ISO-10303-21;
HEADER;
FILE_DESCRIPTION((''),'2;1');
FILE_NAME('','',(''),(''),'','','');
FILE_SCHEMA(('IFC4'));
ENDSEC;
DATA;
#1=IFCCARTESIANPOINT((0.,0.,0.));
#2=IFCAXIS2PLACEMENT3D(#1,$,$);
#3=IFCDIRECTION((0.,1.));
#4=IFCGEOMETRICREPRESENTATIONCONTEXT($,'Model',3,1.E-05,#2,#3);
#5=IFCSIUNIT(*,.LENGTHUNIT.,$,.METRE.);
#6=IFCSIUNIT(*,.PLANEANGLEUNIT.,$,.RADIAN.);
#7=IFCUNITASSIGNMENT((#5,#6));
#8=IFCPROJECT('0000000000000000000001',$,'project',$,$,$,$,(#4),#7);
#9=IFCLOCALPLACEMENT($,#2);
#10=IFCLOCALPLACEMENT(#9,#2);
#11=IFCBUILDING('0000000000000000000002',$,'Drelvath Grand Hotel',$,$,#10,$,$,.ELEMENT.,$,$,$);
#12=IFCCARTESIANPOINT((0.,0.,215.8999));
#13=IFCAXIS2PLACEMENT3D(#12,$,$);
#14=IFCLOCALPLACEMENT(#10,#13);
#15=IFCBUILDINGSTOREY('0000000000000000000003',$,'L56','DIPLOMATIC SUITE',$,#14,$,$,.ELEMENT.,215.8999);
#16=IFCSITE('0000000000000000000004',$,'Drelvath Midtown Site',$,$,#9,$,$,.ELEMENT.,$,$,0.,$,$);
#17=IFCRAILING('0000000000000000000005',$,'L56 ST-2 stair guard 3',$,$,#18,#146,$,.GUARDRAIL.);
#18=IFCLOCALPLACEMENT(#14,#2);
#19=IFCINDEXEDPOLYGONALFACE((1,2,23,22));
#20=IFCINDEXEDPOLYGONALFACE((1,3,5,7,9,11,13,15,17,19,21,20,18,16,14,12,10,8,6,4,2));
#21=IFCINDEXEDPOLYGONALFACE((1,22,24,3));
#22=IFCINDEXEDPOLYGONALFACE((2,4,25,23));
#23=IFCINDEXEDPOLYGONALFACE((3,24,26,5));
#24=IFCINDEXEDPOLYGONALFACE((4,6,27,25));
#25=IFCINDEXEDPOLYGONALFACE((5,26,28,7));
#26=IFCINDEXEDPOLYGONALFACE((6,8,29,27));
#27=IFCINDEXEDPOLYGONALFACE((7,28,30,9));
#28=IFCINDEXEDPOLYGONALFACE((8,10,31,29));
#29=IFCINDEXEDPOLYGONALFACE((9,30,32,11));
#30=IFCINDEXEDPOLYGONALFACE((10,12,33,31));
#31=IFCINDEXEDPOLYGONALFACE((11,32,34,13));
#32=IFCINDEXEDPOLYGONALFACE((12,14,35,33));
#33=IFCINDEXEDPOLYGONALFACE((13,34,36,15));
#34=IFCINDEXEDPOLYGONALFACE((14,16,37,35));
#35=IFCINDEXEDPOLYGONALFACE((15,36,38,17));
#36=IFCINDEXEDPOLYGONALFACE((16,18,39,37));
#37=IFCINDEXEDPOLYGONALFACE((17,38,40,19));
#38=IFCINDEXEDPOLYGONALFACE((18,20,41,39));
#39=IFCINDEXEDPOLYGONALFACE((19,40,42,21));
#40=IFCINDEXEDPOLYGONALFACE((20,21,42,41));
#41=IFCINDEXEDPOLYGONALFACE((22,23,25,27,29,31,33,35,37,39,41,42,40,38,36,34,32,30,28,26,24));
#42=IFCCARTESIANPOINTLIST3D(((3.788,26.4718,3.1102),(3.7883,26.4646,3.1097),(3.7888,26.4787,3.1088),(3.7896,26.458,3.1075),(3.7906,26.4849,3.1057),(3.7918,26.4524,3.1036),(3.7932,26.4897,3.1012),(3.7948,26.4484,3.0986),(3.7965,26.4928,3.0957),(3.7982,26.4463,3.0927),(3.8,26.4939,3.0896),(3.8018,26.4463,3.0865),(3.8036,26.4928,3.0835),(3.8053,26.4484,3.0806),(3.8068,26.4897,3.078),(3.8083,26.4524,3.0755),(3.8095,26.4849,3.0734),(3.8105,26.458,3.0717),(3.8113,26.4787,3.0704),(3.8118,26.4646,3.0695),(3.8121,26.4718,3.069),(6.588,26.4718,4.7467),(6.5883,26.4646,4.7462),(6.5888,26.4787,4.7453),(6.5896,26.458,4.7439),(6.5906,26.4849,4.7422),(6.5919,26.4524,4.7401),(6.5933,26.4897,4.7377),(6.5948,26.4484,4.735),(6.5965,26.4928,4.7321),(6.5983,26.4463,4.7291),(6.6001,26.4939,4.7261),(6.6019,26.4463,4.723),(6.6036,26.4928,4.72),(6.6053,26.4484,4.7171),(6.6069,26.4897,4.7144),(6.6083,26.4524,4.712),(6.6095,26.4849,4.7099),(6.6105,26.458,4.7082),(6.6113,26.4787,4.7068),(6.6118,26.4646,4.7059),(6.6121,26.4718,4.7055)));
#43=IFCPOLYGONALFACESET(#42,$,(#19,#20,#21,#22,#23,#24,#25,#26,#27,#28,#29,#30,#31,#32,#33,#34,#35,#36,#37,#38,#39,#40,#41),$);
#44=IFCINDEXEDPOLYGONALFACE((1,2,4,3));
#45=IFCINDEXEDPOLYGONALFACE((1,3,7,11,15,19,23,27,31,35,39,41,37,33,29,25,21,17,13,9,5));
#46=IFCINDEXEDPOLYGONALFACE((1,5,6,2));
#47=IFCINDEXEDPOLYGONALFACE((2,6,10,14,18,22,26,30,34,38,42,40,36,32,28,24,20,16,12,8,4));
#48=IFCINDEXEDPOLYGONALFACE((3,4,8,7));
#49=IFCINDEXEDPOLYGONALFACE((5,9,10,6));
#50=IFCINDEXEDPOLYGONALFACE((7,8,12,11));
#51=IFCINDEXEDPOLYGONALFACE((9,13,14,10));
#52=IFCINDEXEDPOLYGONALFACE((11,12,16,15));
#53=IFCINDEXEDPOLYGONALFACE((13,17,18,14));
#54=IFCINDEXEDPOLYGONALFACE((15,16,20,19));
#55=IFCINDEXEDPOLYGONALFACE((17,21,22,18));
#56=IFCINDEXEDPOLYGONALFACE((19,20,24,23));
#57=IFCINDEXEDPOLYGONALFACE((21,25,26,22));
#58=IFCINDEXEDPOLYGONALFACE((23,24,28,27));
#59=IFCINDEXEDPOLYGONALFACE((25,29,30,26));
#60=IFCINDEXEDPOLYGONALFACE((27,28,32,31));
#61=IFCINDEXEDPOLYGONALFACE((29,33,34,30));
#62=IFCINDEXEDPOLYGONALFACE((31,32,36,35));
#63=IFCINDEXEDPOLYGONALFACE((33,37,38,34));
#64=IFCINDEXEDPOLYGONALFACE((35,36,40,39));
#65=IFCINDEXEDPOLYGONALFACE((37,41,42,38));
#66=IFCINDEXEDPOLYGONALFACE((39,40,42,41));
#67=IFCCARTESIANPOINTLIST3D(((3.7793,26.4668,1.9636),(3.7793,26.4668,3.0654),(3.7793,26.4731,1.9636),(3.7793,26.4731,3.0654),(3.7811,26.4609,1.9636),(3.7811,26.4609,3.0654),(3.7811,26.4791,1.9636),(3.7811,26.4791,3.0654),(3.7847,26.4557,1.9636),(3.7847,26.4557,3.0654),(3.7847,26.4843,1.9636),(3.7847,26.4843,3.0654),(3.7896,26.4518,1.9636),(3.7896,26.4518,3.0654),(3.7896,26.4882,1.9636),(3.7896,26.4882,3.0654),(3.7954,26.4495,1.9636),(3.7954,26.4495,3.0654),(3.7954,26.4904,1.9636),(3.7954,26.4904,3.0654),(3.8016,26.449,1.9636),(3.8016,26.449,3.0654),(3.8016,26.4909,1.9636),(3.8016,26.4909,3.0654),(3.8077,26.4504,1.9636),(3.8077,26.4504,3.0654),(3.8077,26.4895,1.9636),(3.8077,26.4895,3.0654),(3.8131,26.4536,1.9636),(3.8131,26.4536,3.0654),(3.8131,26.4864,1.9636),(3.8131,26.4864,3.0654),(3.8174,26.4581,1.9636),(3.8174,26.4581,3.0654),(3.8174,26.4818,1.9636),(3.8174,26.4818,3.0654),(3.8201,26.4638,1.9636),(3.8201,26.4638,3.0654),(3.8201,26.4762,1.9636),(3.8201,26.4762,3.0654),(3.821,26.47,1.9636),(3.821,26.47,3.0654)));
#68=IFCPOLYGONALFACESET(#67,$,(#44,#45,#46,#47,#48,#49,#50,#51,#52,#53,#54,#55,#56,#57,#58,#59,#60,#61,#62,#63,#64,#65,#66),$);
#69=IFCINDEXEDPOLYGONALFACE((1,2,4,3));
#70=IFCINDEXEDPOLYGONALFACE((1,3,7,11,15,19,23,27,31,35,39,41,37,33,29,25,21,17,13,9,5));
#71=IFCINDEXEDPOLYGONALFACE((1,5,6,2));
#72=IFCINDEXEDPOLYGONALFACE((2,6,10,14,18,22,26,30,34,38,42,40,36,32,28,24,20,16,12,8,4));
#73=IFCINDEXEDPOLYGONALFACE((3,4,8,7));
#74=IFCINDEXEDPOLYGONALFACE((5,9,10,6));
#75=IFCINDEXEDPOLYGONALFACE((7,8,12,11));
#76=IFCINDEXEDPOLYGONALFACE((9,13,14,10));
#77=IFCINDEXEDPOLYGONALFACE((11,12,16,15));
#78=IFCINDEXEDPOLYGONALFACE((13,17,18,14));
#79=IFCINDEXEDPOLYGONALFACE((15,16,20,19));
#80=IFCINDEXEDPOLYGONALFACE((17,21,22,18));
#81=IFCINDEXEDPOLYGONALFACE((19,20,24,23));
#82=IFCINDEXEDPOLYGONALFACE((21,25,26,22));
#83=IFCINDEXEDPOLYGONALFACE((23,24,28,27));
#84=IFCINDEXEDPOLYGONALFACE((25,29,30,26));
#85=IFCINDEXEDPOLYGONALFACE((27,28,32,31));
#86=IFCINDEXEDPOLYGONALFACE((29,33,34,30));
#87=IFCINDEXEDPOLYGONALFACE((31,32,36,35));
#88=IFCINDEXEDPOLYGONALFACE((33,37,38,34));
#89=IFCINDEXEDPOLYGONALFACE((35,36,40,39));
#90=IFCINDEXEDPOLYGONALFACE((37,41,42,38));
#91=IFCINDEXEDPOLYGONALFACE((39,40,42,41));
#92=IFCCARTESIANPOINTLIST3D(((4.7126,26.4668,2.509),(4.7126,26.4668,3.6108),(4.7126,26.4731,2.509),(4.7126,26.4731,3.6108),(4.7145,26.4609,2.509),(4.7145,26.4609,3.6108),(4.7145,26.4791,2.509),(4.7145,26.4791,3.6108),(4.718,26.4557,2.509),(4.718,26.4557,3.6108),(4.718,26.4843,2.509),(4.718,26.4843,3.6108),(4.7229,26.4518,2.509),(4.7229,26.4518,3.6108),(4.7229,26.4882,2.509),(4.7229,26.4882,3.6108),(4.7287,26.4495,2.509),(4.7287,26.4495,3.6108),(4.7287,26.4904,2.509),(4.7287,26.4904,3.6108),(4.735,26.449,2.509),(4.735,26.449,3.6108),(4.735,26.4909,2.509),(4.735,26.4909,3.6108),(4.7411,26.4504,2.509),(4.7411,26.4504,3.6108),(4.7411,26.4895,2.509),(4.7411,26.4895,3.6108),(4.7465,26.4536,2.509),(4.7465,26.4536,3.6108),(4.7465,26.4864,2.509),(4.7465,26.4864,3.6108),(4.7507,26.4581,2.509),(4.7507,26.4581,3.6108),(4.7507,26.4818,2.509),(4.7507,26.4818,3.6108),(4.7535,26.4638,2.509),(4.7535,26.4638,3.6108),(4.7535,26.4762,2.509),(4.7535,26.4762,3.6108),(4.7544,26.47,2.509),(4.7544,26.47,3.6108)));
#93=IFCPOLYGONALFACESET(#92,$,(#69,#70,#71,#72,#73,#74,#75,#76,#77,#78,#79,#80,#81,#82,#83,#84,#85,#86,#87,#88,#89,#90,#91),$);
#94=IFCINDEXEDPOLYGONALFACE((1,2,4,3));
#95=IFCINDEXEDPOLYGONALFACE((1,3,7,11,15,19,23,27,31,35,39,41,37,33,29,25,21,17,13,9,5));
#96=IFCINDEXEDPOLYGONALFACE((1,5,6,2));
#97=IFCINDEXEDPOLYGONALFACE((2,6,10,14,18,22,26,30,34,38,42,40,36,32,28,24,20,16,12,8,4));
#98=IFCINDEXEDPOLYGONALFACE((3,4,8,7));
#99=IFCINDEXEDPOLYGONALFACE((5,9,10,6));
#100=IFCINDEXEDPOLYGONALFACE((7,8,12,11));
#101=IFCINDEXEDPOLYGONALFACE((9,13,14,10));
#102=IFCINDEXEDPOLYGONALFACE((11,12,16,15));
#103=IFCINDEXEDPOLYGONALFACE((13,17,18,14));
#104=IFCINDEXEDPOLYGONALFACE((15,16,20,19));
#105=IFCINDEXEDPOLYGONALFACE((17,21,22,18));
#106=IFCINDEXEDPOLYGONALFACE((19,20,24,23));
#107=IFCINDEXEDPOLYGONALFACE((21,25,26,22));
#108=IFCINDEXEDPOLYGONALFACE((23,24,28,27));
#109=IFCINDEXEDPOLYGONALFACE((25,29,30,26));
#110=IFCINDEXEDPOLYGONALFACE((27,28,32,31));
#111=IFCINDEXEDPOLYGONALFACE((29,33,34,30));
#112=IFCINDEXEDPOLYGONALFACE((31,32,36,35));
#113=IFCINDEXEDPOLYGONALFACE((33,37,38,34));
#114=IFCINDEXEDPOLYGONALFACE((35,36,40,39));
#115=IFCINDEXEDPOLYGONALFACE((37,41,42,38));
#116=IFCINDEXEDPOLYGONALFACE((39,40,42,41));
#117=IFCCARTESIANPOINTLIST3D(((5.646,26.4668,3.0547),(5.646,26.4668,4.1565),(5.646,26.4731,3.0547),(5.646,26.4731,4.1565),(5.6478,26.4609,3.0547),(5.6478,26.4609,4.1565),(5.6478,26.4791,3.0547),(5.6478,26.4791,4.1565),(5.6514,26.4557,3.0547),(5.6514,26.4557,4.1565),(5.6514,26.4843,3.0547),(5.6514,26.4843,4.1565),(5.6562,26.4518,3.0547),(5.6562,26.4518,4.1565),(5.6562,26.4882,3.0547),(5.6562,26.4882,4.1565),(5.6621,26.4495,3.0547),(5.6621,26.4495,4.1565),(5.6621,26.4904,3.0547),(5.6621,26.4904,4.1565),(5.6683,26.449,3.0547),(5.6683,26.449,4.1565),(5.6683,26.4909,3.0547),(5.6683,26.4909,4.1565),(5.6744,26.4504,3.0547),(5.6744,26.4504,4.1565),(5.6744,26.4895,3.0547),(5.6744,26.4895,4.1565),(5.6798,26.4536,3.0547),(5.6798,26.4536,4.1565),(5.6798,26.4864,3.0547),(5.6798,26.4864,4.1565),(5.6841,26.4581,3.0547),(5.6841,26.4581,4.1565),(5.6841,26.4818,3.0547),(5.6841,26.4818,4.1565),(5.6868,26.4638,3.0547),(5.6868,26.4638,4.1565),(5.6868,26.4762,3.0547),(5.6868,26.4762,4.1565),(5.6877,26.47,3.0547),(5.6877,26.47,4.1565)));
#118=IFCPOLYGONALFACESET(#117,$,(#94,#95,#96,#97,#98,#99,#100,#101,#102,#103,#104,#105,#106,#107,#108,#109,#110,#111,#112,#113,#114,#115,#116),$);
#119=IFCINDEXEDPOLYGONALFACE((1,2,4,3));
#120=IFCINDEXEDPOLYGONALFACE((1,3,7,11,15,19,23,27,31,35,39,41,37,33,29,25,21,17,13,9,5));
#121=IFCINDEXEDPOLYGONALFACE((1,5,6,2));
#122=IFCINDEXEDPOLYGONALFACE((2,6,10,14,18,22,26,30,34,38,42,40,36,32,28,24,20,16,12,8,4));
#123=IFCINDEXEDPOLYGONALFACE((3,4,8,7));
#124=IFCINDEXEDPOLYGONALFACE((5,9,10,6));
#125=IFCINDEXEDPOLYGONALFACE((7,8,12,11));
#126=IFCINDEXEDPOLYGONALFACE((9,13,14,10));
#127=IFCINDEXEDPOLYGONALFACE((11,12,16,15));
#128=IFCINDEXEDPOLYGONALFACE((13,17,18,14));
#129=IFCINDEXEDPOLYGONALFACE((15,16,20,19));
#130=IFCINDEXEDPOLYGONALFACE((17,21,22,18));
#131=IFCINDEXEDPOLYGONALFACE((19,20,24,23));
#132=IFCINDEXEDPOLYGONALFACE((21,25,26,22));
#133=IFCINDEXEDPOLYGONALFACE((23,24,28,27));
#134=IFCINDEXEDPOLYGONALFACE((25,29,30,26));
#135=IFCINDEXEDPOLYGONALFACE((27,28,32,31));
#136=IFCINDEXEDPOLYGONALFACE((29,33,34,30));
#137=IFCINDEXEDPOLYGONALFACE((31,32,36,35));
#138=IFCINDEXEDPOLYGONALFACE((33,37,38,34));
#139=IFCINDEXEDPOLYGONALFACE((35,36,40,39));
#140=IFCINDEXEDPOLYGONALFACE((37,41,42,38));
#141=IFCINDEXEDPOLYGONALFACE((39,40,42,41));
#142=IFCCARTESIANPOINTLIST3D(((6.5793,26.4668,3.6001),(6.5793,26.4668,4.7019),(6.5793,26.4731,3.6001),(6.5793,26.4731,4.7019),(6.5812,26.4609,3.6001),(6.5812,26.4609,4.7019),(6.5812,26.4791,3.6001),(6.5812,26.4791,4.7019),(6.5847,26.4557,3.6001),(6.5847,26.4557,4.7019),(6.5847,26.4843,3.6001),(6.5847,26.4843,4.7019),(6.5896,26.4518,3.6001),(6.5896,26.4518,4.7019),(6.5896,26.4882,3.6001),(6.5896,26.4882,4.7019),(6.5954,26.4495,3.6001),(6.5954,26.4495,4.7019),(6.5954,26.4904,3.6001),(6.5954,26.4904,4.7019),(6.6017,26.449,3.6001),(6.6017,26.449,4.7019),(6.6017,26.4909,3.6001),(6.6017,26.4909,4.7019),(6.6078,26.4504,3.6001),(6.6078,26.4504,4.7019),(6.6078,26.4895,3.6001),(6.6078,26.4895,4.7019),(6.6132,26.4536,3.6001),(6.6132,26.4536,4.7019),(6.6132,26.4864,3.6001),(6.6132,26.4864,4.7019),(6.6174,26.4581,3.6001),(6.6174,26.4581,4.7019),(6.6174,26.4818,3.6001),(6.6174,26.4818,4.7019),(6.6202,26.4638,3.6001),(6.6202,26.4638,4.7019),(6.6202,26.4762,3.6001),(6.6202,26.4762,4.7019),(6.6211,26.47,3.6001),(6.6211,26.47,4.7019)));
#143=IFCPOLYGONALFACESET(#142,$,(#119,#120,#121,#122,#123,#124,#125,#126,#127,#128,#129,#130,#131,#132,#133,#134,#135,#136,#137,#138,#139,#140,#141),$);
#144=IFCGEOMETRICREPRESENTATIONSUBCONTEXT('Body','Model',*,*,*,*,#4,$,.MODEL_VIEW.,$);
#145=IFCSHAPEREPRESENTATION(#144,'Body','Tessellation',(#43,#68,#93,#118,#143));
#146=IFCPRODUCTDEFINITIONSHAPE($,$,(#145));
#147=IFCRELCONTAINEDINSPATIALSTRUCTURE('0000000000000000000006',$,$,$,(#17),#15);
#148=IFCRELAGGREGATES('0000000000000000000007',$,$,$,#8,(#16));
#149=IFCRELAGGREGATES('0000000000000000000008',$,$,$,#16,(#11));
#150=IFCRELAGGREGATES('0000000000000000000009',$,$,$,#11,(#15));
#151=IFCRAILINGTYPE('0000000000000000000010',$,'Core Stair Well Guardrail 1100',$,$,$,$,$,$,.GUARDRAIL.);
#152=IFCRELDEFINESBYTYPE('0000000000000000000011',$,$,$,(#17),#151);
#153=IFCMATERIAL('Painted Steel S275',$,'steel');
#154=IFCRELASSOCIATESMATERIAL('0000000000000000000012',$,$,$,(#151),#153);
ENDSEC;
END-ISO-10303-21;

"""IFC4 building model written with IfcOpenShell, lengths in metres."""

from ifc_helpers import new_model, si_unit, direction, frame, origin, origin_2d, place, context, subcontext, project, spatial, circle, extrude, material, type_object, element, save


model = new_model("IFC4")

# Units and contexts
model_context = context("Model", 3, precision=1e-05, world=origin(), true_north=direction((0.0, 1.0)))
body_context = subcontext(model_context, "Body", "Model", "MODEL_VIEW")
ifc_project = project(units=[si_unit("LENGTHUNIT", "METRE"), si_unit("PLANEANGLEUNIT", "RADIAN")], contexts=[model_context])

# Site, building, storey
site_placement = place(None, origin())
site = spatial("IfcSite", under=ifc_project, at=site_placement, Name="Drelvath Midtown Site", CompositionType="ELEMENT", RefElevation=0.0)
building_placement = place(site_placement, origin())
building = spatial("IfcBuilding", under=site, at=building_placement, Name="Drelvath Grand Hotel", CompositionType="ELEMENT")
storey_placement = place(building_placement, frame((0.0, 0.0, 215.8999)))
storey = spatial("IfcBuildingStorey", under=building, at=storey_placement, Name="L56", Description="DIPLOMATIC SUITE", CompositionType="ELEMENT", Elevation=215.8999)

# Railing
ifc_material_1 = material(Name="Painted Steel S275", Category="steel")
railing_type_1 = type_object("IfcRailingType", Name="Core Stair Well Guardrail 1100", PredefinedType="GUARDRAIL", material=ifc_material_1)
railing_1_placement = place(storey_placement, frame((3.8, 26.47, 1.9636)))
element("IfcRailing", 1, at=railing_1_placement, inside=storey, type_object=railing_type_1, Name="L56 ST-2 stair guard 3", PredefinedType="GUARDRAIL", context=body_context, shape_type="SweptSolid", body=[
    extrude(circle(Radius=0.0239, at=origin_2d()), frame((0.0, 0.0, 1.126), z_axis=(0.863361, 0.0, 0.504587), x_axis=(0.0, 1.0, 0.0)), (0.0, 0.0, 1.0), 3.2432),
    extrude(circle(Radius=0.021, at=origin_2d()), origin(), (0.0, 0.0, 1.0), 1.1018),
    extrude(circle(Radius=0.021, at=origin_2d()), frame((0.9333, 0.0, 0.5454)), (0.0, 0.0, 1.0), 1.1018),
    extrude(circle(Radius=0.021, at=origin_2d()), frame((1.8667, 0.0, 1.0911)), (0.0, 0.0, 1.0), 1.1018),
    extrude(circle(Radius=0.021, at=origin_2d()), frame((2.8, 0.0, 1.6365)), (0.0, 0.0, 1.0), 1.1018),
])

save(model, "model.ifc")
